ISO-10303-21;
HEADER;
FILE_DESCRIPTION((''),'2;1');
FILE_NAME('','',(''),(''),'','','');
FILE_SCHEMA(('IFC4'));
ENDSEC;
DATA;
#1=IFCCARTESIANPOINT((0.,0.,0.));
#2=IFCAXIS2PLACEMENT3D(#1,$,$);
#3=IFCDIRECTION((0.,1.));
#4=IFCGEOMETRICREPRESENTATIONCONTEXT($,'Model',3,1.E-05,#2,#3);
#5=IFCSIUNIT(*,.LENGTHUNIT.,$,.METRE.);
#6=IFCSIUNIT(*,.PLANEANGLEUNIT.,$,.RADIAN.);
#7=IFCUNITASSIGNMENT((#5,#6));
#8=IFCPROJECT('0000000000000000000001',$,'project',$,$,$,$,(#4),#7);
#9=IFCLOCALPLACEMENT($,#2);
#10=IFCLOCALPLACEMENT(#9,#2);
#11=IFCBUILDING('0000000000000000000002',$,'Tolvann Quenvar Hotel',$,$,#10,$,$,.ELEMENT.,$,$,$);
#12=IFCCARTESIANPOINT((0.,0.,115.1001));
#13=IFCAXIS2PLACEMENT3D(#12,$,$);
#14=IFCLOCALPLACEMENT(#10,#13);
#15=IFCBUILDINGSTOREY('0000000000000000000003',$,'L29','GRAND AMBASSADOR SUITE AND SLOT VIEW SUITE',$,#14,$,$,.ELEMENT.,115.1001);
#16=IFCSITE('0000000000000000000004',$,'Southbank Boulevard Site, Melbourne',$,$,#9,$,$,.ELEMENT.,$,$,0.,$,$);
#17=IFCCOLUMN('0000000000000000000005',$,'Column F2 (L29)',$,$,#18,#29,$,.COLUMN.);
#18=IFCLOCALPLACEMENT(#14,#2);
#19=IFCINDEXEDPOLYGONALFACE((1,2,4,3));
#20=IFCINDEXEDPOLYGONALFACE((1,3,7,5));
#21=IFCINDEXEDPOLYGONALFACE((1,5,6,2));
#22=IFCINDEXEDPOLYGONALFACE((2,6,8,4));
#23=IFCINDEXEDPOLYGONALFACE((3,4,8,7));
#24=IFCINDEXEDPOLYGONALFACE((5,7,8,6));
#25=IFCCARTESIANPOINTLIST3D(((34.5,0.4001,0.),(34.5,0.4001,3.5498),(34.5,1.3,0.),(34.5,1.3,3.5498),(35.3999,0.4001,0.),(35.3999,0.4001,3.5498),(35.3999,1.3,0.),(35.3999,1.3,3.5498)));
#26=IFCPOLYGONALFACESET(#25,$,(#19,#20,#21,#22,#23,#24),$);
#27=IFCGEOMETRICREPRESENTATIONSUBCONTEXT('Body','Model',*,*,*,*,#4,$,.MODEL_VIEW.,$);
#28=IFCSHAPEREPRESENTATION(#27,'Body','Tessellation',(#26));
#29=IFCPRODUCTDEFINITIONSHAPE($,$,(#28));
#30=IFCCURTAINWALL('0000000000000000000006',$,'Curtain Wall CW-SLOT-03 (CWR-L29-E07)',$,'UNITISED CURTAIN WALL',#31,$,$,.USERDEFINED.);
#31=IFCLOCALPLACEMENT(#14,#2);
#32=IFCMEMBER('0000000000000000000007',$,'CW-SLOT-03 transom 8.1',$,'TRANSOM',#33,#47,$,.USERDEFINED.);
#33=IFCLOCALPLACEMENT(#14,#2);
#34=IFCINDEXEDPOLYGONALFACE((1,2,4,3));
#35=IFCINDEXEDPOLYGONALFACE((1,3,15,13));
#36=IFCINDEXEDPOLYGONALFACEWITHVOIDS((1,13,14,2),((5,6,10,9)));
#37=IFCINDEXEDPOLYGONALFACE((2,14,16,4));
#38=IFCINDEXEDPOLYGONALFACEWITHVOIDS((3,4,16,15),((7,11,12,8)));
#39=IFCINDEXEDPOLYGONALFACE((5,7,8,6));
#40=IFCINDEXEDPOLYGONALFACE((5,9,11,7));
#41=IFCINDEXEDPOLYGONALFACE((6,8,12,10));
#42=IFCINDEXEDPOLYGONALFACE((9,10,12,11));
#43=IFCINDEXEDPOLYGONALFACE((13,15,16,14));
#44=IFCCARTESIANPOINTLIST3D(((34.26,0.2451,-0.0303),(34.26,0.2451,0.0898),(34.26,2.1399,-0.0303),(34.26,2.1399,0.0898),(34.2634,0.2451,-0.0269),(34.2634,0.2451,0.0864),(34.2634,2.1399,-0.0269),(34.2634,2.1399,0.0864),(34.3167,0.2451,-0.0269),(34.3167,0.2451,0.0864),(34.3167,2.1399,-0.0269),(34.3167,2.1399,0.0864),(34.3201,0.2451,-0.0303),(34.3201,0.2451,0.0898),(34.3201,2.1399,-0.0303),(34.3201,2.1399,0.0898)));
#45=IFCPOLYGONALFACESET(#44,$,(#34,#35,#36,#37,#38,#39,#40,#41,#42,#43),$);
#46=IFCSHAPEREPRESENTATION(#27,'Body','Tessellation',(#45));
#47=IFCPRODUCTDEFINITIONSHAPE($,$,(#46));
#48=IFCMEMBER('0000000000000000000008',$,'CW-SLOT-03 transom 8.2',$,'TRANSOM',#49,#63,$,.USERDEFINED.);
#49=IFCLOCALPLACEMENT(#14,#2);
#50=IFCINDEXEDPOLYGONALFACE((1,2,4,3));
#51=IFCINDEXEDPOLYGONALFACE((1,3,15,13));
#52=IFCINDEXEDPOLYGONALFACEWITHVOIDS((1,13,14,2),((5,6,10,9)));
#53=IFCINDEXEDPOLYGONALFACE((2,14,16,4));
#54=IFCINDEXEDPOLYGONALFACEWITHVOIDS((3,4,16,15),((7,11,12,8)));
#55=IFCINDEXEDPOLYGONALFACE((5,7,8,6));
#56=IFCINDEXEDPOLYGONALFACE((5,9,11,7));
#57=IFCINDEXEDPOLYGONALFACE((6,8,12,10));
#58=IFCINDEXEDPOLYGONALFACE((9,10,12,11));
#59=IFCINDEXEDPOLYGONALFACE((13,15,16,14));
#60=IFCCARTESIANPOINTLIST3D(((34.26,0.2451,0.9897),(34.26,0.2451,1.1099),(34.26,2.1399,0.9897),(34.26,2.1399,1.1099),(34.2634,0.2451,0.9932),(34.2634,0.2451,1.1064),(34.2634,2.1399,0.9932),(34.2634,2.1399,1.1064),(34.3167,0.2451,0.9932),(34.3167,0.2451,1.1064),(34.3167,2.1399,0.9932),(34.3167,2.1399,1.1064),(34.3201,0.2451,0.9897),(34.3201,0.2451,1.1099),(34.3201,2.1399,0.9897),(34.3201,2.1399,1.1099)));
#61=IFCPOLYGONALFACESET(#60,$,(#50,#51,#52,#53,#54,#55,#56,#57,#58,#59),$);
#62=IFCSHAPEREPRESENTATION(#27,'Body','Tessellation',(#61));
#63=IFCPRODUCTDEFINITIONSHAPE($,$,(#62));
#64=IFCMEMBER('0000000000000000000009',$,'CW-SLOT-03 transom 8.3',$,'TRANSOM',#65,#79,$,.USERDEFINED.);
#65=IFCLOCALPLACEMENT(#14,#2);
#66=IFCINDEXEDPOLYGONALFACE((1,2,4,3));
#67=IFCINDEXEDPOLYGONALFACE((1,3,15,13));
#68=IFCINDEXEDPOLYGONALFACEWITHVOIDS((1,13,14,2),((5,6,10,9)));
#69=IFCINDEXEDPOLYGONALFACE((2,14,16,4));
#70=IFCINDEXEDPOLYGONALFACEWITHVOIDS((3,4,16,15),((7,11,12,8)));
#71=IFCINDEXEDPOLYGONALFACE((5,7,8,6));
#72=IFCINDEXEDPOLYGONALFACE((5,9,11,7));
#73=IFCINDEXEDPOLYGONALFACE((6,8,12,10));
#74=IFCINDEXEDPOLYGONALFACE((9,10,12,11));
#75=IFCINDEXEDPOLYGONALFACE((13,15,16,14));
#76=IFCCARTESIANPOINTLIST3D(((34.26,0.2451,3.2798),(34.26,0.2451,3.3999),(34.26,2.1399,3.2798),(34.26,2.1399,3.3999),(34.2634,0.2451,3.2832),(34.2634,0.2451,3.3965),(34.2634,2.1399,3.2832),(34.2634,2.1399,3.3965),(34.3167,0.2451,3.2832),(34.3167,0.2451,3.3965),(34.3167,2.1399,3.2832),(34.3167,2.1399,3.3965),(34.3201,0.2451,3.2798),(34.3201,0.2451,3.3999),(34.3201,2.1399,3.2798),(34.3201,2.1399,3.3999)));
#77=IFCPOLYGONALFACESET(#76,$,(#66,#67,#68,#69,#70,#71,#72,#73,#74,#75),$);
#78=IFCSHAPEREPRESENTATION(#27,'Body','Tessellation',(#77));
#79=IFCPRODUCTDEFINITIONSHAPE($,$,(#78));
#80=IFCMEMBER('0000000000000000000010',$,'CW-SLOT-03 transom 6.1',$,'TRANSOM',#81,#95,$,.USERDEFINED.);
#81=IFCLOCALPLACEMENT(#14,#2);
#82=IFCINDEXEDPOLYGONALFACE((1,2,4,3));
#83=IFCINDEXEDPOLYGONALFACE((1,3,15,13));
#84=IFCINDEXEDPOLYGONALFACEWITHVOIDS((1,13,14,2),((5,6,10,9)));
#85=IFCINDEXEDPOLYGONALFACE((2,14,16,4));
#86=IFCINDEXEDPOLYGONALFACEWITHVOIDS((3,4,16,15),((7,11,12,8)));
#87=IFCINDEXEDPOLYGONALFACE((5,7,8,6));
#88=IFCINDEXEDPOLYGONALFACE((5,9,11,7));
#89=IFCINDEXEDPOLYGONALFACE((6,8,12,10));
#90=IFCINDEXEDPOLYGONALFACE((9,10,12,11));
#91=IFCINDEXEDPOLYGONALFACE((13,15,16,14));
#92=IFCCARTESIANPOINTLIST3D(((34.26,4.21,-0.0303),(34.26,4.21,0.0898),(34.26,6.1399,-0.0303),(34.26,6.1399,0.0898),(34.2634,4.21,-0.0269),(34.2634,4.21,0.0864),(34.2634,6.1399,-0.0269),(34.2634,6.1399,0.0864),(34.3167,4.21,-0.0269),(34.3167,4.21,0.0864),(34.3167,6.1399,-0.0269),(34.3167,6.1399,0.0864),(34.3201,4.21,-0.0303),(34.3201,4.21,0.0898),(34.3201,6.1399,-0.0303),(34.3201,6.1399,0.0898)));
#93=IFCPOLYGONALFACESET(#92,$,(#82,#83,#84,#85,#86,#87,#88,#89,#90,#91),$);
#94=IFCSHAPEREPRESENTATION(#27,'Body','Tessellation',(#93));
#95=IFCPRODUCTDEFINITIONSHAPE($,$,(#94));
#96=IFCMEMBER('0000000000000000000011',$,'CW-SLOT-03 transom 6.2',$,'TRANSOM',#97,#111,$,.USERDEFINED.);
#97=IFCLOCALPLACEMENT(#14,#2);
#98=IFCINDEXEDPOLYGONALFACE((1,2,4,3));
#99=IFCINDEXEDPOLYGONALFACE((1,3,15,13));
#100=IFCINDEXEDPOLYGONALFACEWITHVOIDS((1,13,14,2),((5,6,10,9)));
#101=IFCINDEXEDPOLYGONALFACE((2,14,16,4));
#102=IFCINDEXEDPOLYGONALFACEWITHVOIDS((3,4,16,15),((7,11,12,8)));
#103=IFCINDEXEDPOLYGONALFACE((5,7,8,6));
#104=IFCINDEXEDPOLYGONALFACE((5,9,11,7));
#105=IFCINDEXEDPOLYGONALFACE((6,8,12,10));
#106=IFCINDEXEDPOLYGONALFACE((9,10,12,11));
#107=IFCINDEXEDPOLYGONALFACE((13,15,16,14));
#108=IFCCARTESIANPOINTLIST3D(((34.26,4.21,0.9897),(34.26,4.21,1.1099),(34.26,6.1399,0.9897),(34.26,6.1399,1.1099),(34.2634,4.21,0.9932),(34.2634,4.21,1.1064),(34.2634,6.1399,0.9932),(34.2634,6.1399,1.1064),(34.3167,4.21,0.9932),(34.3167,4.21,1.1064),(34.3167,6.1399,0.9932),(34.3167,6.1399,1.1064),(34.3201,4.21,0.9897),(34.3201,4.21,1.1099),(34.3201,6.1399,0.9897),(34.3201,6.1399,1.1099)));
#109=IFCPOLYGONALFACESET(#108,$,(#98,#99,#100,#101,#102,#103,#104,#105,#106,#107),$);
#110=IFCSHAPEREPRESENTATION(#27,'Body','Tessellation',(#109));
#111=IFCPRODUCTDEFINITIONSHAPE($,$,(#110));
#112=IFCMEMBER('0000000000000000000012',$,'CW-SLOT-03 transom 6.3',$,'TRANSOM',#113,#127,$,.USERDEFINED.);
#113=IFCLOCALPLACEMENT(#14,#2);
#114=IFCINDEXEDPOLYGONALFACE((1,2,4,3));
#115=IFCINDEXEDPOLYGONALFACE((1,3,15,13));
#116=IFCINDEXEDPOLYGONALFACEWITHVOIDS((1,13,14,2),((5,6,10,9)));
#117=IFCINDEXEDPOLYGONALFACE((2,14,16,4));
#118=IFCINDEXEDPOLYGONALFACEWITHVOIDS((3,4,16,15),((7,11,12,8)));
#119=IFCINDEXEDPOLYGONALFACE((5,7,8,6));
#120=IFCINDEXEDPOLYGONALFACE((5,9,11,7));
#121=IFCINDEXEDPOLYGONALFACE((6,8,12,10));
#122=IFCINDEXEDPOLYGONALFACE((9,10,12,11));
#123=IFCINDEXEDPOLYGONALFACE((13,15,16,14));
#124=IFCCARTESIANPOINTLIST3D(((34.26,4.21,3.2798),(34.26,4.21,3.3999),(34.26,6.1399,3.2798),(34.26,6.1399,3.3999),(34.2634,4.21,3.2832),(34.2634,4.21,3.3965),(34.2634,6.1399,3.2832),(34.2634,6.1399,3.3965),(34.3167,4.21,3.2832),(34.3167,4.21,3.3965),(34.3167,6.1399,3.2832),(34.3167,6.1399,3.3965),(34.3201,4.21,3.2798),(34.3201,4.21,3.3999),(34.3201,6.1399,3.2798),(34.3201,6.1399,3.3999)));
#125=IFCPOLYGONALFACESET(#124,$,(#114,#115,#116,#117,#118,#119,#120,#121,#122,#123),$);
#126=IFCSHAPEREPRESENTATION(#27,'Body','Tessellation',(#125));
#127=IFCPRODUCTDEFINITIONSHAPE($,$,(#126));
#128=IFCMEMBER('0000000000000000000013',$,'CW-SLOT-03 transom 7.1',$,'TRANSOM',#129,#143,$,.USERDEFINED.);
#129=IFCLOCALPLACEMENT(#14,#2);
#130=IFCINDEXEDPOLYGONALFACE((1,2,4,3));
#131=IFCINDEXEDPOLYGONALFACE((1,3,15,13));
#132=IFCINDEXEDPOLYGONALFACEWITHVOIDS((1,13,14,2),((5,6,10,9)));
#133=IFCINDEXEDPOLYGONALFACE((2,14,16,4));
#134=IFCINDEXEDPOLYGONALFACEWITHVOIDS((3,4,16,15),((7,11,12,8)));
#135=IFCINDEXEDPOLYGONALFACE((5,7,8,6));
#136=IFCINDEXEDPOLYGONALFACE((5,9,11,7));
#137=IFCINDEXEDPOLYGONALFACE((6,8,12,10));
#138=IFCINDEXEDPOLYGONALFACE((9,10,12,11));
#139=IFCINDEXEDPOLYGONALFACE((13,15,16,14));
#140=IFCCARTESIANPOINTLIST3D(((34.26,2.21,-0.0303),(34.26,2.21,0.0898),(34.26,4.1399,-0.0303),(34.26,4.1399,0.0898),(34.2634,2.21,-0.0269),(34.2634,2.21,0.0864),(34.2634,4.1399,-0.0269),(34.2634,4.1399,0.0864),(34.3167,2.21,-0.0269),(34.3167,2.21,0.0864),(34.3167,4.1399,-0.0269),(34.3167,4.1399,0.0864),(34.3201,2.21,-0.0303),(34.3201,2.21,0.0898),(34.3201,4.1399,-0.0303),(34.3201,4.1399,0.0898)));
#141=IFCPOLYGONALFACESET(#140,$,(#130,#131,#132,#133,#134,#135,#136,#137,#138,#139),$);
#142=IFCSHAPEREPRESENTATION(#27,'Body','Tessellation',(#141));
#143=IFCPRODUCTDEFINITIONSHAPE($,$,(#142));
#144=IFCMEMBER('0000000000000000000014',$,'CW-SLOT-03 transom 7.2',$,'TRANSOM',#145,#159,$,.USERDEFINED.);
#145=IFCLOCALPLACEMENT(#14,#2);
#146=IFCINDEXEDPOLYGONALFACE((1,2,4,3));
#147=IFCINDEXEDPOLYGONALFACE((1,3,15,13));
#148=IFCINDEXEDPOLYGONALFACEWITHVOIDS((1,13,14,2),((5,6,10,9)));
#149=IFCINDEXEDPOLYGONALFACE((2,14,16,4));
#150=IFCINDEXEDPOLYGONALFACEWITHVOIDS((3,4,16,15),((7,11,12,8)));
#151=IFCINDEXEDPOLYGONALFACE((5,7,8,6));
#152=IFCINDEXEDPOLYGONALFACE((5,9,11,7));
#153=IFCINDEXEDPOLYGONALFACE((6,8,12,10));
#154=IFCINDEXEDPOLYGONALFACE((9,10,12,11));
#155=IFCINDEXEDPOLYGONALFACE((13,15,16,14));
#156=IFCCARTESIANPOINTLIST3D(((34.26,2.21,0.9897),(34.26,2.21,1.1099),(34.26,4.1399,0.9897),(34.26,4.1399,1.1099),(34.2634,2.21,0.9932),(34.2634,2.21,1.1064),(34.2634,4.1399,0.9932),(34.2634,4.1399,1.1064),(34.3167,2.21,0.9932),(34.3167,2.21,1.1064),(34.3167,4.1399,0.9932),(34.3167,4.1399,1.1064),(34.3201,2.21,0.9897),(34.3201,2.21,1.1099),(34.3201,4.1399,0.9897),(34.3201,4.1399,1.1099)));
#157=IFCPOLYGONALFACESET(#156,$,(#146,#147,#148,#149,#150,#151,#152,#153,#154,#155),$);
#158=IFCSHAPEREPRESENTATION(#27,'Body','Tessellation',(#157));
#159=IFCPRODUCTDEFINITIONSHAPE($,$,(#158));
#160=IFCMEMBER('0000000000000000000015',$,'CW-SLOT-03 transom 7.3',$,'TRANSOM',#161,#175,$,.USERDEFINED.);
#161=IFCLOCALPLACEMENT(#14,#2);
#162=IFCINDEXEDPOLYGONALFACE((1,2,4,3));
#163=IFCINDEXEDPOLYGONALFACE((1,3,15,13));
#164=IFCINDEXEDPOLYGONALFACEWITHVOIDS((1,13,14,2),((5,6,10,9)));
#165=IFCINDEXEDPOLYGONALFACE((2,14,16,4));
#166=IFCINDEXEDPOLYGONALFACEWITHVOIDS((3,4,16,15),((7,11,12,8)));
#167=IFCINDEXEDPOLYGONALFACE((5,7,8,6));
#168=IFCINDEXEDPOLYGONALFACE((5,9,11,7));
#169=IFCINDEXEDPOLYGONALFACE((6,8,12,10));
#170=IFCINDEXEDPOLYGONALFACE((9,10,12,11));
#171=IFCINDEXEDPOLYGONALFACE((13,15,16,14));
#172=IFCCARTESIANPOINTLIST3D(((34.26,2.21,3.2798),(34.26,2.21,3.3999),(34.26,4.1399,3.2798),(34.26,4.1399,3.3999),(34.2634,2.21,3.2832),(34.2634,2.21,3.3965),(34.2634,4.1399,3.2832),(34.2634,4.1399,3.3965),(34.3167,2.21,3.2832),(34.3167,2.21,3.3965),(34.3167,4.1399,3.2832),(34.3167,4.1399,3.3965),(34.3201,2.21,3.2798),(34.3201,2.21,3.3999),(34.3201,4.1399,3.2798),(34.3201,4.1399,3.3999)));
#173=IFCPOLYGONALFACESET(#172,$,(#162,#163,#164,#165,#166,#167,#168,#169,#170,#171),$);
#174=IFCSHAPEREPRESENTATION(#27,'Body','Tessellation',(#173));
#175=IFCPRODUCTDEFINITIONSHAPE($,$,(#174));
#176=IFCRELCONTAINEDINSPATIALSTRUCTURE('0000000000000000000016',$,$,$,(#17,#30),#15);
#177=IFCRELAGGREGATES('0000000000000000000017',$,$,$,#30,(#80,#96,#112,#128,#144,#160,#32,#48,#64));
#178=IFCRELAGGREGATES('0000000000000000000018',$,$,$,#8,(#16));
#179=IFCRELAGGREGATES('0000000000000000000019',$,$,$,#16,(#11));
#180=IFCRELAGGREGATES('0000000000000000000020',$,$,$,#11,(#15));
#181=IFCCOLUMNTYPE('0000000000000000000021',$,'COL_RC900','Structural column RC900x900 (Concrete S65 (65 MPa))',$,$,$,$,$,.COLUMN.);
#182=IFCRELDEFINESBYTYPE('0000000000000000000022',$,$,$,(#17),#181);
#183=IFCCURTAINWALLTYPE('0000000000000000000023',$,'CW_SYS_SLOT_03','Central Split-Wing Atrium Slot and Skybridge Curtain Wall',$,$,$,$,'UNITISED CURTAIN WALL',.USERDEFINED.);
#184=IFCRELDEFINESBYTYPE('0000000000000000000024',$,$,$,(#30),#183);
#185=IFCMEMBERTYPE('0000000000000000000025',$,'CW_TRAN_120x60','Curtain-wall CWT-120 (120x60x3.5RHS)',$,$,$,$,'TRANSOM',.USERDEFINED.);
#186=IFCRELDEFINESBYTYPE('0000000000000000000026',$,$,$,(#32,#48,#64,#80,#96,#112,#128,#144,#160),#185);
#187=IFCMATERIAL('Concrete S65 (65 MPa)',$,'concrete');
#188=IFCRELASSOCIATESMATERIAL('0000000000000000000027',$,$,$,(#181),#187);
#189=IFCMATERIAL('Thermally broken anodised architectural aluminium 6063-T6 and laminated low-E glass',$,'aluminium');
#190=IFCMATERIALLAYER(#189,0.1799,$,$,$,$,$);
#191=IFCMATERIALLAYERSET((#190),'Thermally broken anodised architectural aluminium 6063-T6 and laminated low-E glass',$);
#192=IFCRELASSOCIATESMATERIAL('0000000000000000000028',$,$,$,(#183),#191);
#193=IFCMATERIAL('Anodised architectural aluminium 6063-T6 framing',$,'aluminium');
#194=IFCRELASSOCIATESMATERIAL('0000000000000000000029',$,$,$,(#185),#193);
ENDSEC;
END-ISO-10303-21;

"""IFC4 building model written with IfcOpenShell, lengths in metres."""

from ifc_helpers import new_model, si_unit, direction, frame, origin, origin_2d, place, context, subcontext, project, spatial, rectangle, hollow_rectangle, extrude, source, transform, mapped, material, layer, layer_set, material_profile, profile_set, type_object, type_shapes, element, aggregate, save


model = new_model("IFC4")

# Units and contexts
model_context = context("Model", 3, precision=1e-05, world=origin(), true_north=direction((0.0, 1.0)))
body_context = subcontext(model_context, "Body", "Model", "MODEL_VIEW")
ifc_project = project(units=[si_unit("LENGTHUNIT", "METRE"), si_unit("PLANEANGLEUNIT", "RADIAN")], contexts=[model_context])

# Site, building, storey
site_placement = place(None, origin())
site = spatial("IfcSite", under=ifc_project, at=site_placement, Name="Southbank Boulevard Site, Melbourne", CompositionType="ELEMENT", RefElevation=0.0)
building_placement = place(site_placement, origin())
building = spatial("IfcBuilding", under=site, at=building_placement, Name="Tolvann Quenvar Hotel", CompositionType="ELEMENT")
storey_placement = place(building_placement, frame((0.0, 0.0, 115.1001)))
storey = spatial("IfcBuildingStorey", under=building, at=storey_placement, Name="L29", Description="GRAND AMBASSADOR SUITE AND SLOT VIEW SUITE", CompositionType="ELEMENT", Elevation=115.1001)

# Column
ifc_material_1 = material(Name="Concrete S65 (65 MPa)", Category="concrete")
ifc_material_profile_1 = material_profile(ifc_material_1, rectangle(XDim=0.8999, YDim=0.8999, at=origin_2d()), Name="RC900x900")
ifc_profile_set_1 = profile_set([ifc_material_profile_1], Name="Concrete S65 (65 MPa)")
column_type = type_object("IfcColumnType", Name="COL_RC900", Description="Structural column RC900x900 (Concrete S65 (65 MPa))", PredefinedType="COLUMN", material=ifc_profile_set_1)
shared_shape_1 = source(origin(), body_context, "Body", "SweptSolid", [
    extrude(rectangle(XDim=0.8999, YDim=0.8999, at=origin_2d()), origin(), (0.0, 0.0, 1.0), 3.5498),
])
type_shapes(column_type, [shared_shape_1])
column_placement = place(storey_placement, frame((34.95, 0.8501, 0.0), z_axis=(0.0, 0.0, 1.0), x_axis=(1.0, 0.0, 0.0)))
element("IfcColumn", 1, at=column_placement, inside=storey, type_object=column_type, Name="Column F2 (L29)", PredefinedType="COLUMN", context=body_context, shape_type="MappedRepresentation", body=[
    mapped(shared_shape_1, transform((0.0, 0.0, 0.0), x_axis=(1.0, 0.0, 0.0), y_axis=(0.0, 1.0, 0.0), z_axis=(0.0, 0.0, 1.0), scale=1.0)),
])

# Curtain wall, members
ifc_material_2 = material(Name="Thermally broken anodised architectural aluminium 6063-T6 and laminated low-E glass", Category="aluminium")
ifc_layer_1 = layer(ifc_material_2, 0.1799)
ifc_layer_set_1 = layer_set([ifc_layer_1], Name="Thermally broken anodised architectural aluminium 6063-T6 and laminated low-E glass")
curtain_wall_type = type_object("IfcCurtainWallType", Name="CW_SYS_SLOT_03", Description="Central Split-Wing Atrium Slot and Skybridge Curtain Wall", ElementType="UNITISED CURTAIN WALL", PredefinedType="USERDEFINED", material=ifc_layer_set_1)
curtain_wall_placement = place(storey_placement, origin())
curtain_wall = element("IfcCurtainWall", 2, at=curtain_wall_placement, inside=storey, type_object=curtain_wall_type, Name="Curtain Wall CW-SLOT-03 (CWR-L29-E07)", ObjectType="UNITISED CURTAIN WALL", PredefinedType="USERDEFINED")
ifc_material_3 = material(Name="Anodised architectural aluminium 6063-T6 framing", Category="aluminium")
ifc_material_profile_2 = material_profile(ifc_material_3, hollow_rectangle(XDim=0.0601, YDim=0.1201, WallThickness=0.0034, at=origin_2d()), Name="120x60x3.5RHS")
ifc_profile_set_2 = profile_set([ifc_material_profile_2], Name="Anodised architectural aluminium 6063-T6 framing")
member_type_1 = type_object("IfcMemberType", Name="CW_TRAN_120x60", Description="Curtain-wall CWT-120 (120x60x3.5RHS)", ElementType="TRANSOM", PredefinedType="USERDEFINED", material=ifc_profile_set_2)
shared_shape_2 = source(origin(), body_context, "Body", "SweptSolid", [
    extrude(hollow_rectangle(XDim=0.0601, YDim=0.1201, WallThickness=0.0034, at=origin_2d()), origin(), (0.0, 0.0, 1.0), 1.8948),
])
member_1_placement = place(storey_placement, frame((34.29, 2.1399, 0.0298), z_axis=(0.0, -1.0, 0.0), x_axis=(1.0, 0.0, 0.0)))
member_1 = element("IfcMember", 3, at=member_1_placement, type_object=member_type_1, Name="CW-SLOT-03 transom 8.1", ObjectType="TRANSOM", PredefinedType="USERDEFINED", context=body_context, shape_type="MappedRepresentation", body=[
    mapped(shared_shape_2, transform((0.0, 0.0, 0.0), x_axis=(1.0, 0.0, 0.0), y_axis=(0.0, 1.0, 0.0), z_axis=(0.0, 0.0, 1.0), scale=1.0)),
])
member_2_placement = place(storey_placement, frame((34.29, 2.1399, 1.0498), z_axis=(0.0, -1.0, 0.0), x_axis=(1.0, 0.0, 0.0)))
member_2 = element("IfcMember", 4, at=member_2_placement, type_object=member_type_1, Name="CW-SLOT-03 transom 8.2", ObjectType="TRANSOM", PredefinedType="USERDEFINED", context=body_context, shape_type="MappedRepresentation", body=[
    mapped(shared_shape_2, transform((0.0, 0.0, 0.0), x_axis=(1.0, 0.0, 0.0), y_axis=(0.0, 1.0, 0.0), z_axis=(0.0, 0.0, 1.0), scale=1.0)),
])
member_3_placement = place(storey_placement, frame((34.29, 2.1399, 3.3398), z_axis=(0.0, -1.0, 0.0), x_axis=(1.0, 0.0, 0.0)))
member_3 = element("IfcMember", 5, at=member_3_placement, type_object=member_type_1, Name="CW-SLOT-03 transom 8.3", ObjectType="TRANSOM", PredefinedType="USERDEFINED", context=body_context, shape_type="MappedRepresentation", body=[
    mapped(shared_shape_2, transform((0.0, 0.0, 0.0), x_axis=(1.0, 0.0, 0.0), y_axis=(0.0, 1.0, 0.0), z_axis=(0.0, 0.0, 1.0), scale=1.0)),
])
shared_shape_3 = source(origin(), body_context, "Body", "SweptSolid", [
    extrude(hollow_rectangle(XDim=0.0601, YDim=0.1201, WallThickness=0.0034, at=origin_2d()), origin(), (0.0, 0.0, 1.0), 1.9299),
])
type_shapes(member_type_1, [shared_shape_2, shared_shape_3])
member_4_placement = place(storey_placement, frame((34.29, 6.1399, 0.0298), z_axis=(0.0, -1.0, 0.0), x_axis=(1.0, 0.0, 0.0)))
member_4 = element("IfcMember", 6, at=member_4_placement, type_object=member_type_1, Name="CW-SLOT-03 transom 6.1", ObjectType="TRANSOM", PredefinedType="USERDEFINED", context=body_context, shape_type="MappedRepresentation", body=[
    mapped(shared_shape_3, transform((0.0, 0.0, 0.0), x_axis=(1.0, 0.0, 0.0), y_axis=(0.0, 1.0, 0.0), z_axis=(0.0, 0.0, 1.0), scale=1.0)),
])
member_5_placement = place(storey_placement, frame((34.29, 6.1399, 1.0498), z_axis=(0.0, -1.0, 0.0), x_axis=(1.0, 0.0, 0.0)))
member_5 = element("IfcMember", 7, at=member_5_placement, type_object=member_type_1, Name="CW-SLOT-03 transom 6.2", ObjectType="TRANSOM", PredefinedType="USERDEFINED", context=body_context, shape_type="MappedRepresentation", body=[
    mapped(shared_shape_3, transform((0.0, 0.0, 0.0), x_axis=(1.0, 0.0, 0.0), y_axis=(0.0, 1.0, 0.0), z_axis=(0.0, 0.0, 1.0), scale=1.0)),
])
member_6_placement = place(storey_placement, frame((34.29, 6.1399, 3.3398), z_axis=(0.0, -1.0, 0.0), x_axis=(1.0, 0.0, 0.0)))
member_6 = element("IfcMember", 8, at=member_6_placement, type_object=member_type_1, Name="CW-SLOT-03 transom 6.3", ObjectType="TRANSOM", PredefinedType="USERDEFINED", context=body_context, shape_type="MappedRepresentation", body=[
    mapped(shared_shape_3, transform((0.0, 0.0, 0.0), x_axis=(1.0, 0.0, 0.0), y_axis=(0.0, 1.0, 0.0), z_axis=(0.0, 0.0, 1.0), scale=1.0)),
])
member_7_placement = place(storey_placement, frame((34.29, 4.1399, 0.0298), z_axis=(0.0, -1.0, 0.0), x_axis=(1.0, 0.0, 0.0)))
member_7 = element("IfcMember", 9, at=member_7_placement, type_object=member_type_1, Name="CW-SLOT-03 transom 7.1", ObjectType="TRANSOM", PredefinedType="USERDEFINED", context=body_context, shape_type="MappedRepresentation", body=[
    mapped(shared_shape_3, transform((0.0, 0.0, 0.0), x_axis=(1.0, 0.0, 0.0), y_axis=(0.0, 1.0, 0.0), z_axis=(0.0, 0.0, 1.0), scale=1.0)),
])
member_8_placement = place(storey_placement, frame((34.29, 4.1399, 1.0498), z_axis=(0.0, -1.0, 0.0), x_axis=(1.0, 0.0, 0.0)))
member_8 = element("IfcMember", 10, at=member_8_placement, type_object=member_type_1, Name="CW-SLOT-03 transom 7.2", ObjectType="TRANSOM", PredefinedType="USERDEFINED", context=body_context, shape_type="MappedRepresentation", body=[
    mapped(shared_shape_3, transform((0.0, 0.0, 0.0), x_axis=(1.0, 0.0, 0.0), y_axis=(0.0, 1.0, 0.0), z_axis=(0.0, 0.0, 1.0), scale=1.0)),
])
member_9_placement = place(storey_placement, frame((34.29, 4.1399, 3.3398), z_axis=(0.0, -1.0, 0.0), x_axis=(1.0, 0.0, 0.0)))
member_9 = element("IfcMember", 11, at=member_9_placement, type_object=member_type_1, Name="CW-SLOT-03 transom 7.3", ObjectType="TRANSOM", PredefinedType="USERDEFINED", context=body_context, shape_type="MappedRepresentation", body=[
    mapped(shared_shape_3, transform((0.0, 0.0, 0.0), x_axis=(1.0, 0.0, 0.0), y_axis=(0.0, 1.0, 0.0), z_axis=(0.0, 0.0, 1.0), scale=1.0)),
])
aggregate(curtain_wall, [member_4, member_5, member_6, member_7, member_8, member_9, member_1, member_2, member_3])

save(model, "model.ifc")
